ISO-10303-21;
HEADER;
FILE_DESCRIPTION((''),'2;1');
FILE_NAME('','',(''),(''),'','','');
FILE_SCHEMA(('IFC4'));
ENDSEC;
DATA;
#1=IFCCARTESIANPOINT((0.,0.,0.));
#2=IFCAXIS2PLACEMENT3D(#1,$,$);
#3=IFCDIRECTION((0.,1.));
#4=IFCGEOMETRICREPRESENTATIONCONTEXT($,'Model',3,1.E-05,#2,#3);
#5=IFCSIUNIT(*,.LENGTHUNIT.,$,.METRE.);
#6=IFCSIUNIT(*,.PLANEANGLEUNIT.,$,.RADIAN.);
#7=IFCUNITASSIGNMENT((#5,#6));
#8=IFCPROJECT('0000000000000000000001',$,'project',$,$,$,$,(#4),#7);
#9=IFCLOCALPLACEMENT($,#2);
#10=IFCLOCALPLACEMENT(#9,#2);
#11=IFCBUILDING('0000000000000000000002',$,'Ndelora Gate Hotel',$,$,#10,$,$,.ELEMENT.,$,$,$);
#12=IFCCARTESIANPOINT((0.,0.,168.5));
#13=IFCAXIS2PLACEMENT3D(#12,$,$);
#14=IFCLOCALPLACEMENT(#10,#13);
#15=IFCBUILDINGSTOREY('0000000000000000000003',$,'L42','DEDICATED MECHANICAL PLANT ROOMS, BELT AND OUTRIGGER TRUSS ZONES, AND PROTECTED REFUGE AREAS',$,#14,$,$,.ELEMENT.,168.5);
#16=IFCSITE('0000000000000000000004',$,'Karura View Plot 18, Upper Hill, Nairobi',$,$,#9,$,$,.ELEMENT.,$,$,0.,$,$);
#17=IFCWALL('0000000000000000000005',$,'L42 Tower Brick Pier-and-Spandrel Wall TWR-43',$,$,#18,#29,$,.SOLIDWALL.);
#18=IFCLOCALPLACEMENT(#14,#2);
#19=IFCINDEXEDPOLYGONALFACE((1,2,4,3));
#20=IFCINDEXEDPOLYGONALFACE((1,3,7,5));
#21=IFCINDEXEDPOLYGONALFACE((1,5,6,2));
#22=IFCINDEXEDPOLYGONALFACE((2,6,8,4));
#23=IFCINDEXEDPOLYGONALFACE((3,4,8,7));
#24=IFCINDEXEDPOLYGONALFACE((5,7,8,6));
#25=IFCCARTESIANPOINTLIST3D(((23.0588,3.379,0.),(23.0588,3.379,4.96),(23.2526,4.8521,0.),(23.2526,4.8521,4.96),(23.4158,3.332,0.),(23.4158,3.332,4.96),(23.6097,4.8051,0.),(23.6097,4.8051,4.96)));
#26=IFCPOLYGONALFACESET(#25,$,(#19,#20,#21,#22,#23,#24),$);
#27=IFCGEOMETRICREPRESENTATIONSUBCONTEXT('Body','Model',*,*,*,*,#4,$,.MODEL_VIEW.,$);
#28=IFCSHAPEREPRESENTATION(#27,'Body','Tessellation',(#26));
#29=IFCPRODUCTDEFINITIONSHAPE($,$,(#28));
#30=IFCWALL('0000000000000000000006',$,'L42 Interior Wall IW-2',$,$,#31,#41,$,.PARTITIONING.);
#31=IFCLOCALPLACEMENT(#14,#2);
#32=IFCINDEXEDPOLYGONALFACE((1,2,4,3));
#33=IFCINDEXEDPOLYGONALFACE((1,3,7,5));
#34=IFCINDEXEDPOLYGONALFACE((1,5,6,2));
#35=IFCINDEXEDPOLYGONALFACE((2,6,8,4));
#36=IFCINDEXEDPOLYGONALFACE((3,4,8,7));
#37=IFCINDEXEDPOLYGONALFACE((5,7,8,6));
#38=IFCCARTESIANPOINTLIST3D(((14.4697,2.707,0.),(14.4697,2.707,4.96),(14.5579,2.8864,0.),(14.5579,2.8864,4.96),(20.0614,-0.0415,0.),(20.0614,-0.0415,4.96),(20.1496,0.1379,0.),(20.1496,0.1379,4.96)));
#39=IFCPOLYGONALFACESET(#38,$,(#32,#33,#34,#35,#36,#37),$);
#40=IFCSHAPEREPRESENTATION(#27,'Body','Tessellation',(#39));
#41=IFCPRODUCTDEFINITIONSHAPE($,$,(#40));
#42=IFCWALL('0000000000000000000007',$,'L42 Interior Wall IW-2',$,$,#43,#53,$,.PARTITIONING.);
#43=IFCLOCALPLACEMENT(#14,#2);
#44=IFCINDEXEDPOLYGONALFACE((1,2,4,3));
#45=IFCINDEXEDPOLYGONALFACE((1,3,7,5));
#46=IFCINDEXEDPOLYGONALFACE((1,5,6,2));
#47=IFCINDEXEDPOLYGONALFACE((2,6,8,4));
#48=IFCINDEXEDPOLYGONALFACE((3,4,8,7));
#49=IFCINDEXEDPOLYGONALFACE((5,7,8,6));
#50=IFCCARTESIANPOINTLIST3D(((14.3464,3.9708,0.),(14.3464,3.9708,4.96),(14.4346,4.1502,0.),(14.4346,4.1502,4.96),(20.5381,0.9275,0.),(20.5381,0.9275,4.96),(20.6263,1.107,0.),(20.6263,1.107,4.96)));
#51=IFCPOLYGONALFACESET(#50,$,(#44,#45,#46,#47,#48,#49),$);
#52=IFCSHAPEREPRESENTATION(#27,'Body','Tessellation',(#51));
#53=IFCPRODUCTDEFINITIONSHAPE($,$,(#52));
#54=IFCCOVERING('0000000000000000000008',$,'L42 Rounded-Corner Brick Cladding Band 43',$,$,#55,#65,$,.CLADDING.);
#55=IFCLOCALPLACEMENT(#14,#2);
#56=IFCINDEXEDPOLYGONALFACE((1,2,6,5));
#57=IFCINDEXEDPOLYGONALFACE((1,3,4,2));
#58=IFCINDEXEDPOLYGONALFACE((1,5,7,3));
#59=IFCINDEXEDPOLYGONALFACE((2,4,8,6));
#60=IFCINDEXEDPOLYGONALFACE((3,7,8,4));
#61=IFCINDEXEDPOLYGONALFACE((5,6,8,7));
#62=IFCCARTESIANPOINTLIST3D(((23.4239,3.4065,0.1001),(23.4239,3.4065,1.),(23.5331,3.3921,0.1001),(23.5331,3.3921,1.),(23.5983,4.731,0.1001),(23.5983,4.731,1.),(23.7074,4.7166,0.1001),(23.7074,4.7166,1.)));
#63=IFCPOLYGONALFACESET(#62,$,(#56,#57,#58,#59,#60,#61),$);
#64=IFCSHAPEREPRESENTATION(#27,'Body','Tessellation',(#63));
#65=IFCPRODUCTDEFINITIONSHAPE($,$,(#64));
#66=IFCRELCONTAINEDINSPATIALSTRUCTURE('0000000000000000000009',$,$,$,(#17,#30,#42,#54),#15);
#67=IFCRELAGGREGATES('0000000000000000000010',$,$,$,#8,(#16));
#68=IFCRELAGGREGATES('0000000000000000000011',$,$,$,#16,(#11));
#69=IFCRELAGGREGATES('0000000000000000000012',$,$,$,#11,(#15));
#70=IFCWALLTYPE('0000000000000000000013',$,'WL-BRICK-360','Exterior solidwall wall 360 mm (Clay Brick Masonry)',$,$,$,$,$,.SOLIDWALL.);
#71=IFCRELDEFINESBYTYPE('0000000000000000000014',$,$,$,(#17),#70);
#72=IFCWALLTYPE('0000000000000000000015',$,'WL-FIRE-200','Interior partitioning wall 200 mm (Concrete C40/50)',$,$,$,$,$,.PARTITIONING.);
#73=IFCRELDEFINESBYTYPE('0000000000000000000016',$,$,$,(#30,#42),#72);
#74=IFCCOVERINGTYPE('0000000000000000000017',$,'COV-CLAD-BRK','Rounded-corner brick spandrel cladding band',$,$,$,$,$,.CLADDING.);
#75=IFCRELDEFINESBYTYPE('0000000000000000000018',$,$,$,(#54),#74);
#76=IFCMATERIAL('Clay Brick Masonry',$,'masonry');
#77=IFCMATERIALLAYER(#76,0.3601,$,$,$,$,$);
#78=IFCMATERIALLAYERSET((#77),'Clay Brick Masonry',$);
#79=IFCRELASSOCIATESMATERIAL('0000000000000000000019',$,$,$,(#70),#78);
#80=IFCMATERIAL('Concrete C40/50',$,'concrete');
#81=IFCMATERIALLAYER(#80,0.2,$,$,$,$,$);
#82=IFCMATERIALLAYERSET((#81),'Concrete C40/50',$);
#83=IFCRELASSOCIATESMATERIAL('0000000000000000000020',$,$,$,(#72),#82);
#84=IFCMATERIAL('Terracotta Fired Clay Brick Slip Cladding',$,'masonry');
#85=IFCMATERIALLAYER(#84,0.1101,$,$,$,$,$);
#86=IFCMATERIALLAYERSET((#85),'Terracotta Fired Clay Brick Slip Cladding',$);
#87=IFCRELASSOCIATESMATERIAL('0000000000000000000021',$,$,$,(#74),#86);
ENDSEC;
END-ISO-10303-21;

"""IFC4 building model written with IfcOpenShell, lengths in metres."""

from ifc_helpers import new_model, si_unit, direction, frame, frame_2d, origin, origin_2d, place, context, subcontext, project, spatial, rectangle, extrude, material, layer, layer_set, type_object, element, save


model = new_model("IFC4")

# Units and contexts
model_context = context("Model", 3, precision=1e-05, world=origin(), true_north=direction((0.0, 1.0)))
body_context = subcontext(model_context, "Body", "Model", "MODEL_VIEW")
ifc_project = project(units=[si_unit("LENGTHUNIT", "METRE"), si_unit("PLANEANGLEUNIT", "RADIAN")], contexts=[model_context])

# Site, building, storey
site_placement = place(None, origin())
site = spatial("IfcSite", under=ifc_project, at=site_placement, Name="Karura View Plot 18, Upper Hill, Nairobi", CompositionType="ELEMENT", RefElevation=0.0)
building_placement = place(site_placement, origin())
building = spatial("IfcBuilding", under=site, at=building_placement, Name="Ndelora Gate Hotel", CompositionType="ELEMENT")
storey_placement = place(building_placement, frame((0.0, 0.0, 168.5)))
storey = spatial("IfcBuildingStorey", under=building, at=storey_placement, Name="L42", Description="DEDICATED MECHANICAL PLANT ROOMS, BELT AND OUTRIGGER TRUSS ZONES, AND PROTECTED REFUGE AREAS", CompositionType="ELEMENT", Elevation=168.5)

# Walls
ifc_material_1 = material(Name="Clay Brick Masonry", Category="masonry")
ifc_layer_1 = layer(ifc_material_1, 0.3601)
ifc_layer_set_1 = layer_set([ifc_layer_1], Name="Clay Brick Masonry")
wall_type_1 = type_object("IfcWallType", Name="WL-BRICK-360", Description="Exterior solidwall wall 360 mm (Clay Brick Masonry)", PredefinedType="SOLIDWALL", material=ifc_layer_set_1)
wall_1_placement = place(storey_placement, frame((23.4312, 4.8286, 0.0), z_axis=(0.0, 0.0, 1.0), x_axis=(-0.130463, -0.991453, 0.0)))
element("IfcWall", 1, at=wall_1_placement, inside=storey, type_object=wall_type_1, Name="L42 Tower Brick Pier-and-Spandrel Wall TWR-43", PredefinedType="SOLIDWALL", context=body_context, shape_type="SweptSolid", body=[
    extrude(rectangle(XDim=1.4858, YDim=0.3601, at=frame_2d((0.7429, 0.0))), origin(), (0.0, 0.0, 1.0), 4.96),
])
ifc_material_2 = material(Name="Concrete C40/50", Category="concrete")
ifc_layer_2 = layer(ifc_material_2, 0.2)
ifc_layer_set_2 = layer_set([ifc_layer_2], Name="Concrete C40/50")
wall_type_2 = type_object("IfcWallType", Name="WL-FIRE-200", Description="Interior partitioning wall 200 mm (Concrete C40/50)", PredefinedType="PARTITIONING", material=ifc_layer_set_2)
wall_2_placement = place(storey_placement, frame((14.5139, 2.7966, 0.0), z_axis=(0.0, 0.0, 1.0), x_axis=(0.897447, -0.441122, 0.0)))
element("IfcWall", 2, at=wall_2_placement, inside=storey, type_object=wall_type_2, Name="L42 Interior Wall IW-2", PredefinedType="PARTITIONING", context=body_context, shape_type="SweptSolid", body=[
    extrude(rectangle(XDim=6.2307, YDim=0.2, at=frame_2d((3.1152, 0.0))), origin(), (0.0, 0.0, 1.0), 4.96),
])
wall_3_placement = place(storey_placement, frame((14.3904, 4.0605, 0.0), z_axis=(0.0, 0.0, 1.0), x_axis=(0.897457, -0.441102, 0.0)))
element("IfcWall", 3, at=wall_3_placement, inside=storey, type_object=wall_type_2, Name="L42 Interior Wall IW-2", PredefinedType="PARTITIONING", context=body_context, shape_type="SweptSolid", body=[
    extrude(rectangle(XDim=6.8992, YDim=0.2, at=frame_2d((3.4497, 0.0))), origin(), (0.0, 0.0, 1.0), 4.96),
])

# Covering
ifc_material_3 = material(Name="Terracotta Fired Clay Brick Slip Cladding", Category="masonry")
ifc_layer_3 = layer(ifc_material_3, 0.1101)
ifc_layer_set_3 = layer_set([ifc_layer_3], Name="Terracotta Fired Clay Brick Slip Cladding")
covering_type = type_object("IfcCoveringType", Name="COV-CLAD-BRK", Description="Rounded-corner brick spandrel cladding band", PredefinedType="CLADDING", material=ifc_layer_set_3)
covering_placement = place(storey_placement, frame((23.5657, 4.0615, 0.1001), z_axis=(0.0, 0.0, 1.0), x_axis=(0.130526, 0.991445, 0.0)))
element("IfcCovering", 4, at=covering_placement, inside=storey, type_object=covering_type, Name="L42 Rounded-Corner Brick Cladding Band 43", PredefinedType="CLADDING", context=body_context, shape_type="SweptSolid", body=[
    extrude(rectangle(XDim=1.3359, YDim=0.1101, at=origin_2d()), origin(), (0.0, 0.0, 1.0), 0.8999),
])

save(model, "model.ifc")
